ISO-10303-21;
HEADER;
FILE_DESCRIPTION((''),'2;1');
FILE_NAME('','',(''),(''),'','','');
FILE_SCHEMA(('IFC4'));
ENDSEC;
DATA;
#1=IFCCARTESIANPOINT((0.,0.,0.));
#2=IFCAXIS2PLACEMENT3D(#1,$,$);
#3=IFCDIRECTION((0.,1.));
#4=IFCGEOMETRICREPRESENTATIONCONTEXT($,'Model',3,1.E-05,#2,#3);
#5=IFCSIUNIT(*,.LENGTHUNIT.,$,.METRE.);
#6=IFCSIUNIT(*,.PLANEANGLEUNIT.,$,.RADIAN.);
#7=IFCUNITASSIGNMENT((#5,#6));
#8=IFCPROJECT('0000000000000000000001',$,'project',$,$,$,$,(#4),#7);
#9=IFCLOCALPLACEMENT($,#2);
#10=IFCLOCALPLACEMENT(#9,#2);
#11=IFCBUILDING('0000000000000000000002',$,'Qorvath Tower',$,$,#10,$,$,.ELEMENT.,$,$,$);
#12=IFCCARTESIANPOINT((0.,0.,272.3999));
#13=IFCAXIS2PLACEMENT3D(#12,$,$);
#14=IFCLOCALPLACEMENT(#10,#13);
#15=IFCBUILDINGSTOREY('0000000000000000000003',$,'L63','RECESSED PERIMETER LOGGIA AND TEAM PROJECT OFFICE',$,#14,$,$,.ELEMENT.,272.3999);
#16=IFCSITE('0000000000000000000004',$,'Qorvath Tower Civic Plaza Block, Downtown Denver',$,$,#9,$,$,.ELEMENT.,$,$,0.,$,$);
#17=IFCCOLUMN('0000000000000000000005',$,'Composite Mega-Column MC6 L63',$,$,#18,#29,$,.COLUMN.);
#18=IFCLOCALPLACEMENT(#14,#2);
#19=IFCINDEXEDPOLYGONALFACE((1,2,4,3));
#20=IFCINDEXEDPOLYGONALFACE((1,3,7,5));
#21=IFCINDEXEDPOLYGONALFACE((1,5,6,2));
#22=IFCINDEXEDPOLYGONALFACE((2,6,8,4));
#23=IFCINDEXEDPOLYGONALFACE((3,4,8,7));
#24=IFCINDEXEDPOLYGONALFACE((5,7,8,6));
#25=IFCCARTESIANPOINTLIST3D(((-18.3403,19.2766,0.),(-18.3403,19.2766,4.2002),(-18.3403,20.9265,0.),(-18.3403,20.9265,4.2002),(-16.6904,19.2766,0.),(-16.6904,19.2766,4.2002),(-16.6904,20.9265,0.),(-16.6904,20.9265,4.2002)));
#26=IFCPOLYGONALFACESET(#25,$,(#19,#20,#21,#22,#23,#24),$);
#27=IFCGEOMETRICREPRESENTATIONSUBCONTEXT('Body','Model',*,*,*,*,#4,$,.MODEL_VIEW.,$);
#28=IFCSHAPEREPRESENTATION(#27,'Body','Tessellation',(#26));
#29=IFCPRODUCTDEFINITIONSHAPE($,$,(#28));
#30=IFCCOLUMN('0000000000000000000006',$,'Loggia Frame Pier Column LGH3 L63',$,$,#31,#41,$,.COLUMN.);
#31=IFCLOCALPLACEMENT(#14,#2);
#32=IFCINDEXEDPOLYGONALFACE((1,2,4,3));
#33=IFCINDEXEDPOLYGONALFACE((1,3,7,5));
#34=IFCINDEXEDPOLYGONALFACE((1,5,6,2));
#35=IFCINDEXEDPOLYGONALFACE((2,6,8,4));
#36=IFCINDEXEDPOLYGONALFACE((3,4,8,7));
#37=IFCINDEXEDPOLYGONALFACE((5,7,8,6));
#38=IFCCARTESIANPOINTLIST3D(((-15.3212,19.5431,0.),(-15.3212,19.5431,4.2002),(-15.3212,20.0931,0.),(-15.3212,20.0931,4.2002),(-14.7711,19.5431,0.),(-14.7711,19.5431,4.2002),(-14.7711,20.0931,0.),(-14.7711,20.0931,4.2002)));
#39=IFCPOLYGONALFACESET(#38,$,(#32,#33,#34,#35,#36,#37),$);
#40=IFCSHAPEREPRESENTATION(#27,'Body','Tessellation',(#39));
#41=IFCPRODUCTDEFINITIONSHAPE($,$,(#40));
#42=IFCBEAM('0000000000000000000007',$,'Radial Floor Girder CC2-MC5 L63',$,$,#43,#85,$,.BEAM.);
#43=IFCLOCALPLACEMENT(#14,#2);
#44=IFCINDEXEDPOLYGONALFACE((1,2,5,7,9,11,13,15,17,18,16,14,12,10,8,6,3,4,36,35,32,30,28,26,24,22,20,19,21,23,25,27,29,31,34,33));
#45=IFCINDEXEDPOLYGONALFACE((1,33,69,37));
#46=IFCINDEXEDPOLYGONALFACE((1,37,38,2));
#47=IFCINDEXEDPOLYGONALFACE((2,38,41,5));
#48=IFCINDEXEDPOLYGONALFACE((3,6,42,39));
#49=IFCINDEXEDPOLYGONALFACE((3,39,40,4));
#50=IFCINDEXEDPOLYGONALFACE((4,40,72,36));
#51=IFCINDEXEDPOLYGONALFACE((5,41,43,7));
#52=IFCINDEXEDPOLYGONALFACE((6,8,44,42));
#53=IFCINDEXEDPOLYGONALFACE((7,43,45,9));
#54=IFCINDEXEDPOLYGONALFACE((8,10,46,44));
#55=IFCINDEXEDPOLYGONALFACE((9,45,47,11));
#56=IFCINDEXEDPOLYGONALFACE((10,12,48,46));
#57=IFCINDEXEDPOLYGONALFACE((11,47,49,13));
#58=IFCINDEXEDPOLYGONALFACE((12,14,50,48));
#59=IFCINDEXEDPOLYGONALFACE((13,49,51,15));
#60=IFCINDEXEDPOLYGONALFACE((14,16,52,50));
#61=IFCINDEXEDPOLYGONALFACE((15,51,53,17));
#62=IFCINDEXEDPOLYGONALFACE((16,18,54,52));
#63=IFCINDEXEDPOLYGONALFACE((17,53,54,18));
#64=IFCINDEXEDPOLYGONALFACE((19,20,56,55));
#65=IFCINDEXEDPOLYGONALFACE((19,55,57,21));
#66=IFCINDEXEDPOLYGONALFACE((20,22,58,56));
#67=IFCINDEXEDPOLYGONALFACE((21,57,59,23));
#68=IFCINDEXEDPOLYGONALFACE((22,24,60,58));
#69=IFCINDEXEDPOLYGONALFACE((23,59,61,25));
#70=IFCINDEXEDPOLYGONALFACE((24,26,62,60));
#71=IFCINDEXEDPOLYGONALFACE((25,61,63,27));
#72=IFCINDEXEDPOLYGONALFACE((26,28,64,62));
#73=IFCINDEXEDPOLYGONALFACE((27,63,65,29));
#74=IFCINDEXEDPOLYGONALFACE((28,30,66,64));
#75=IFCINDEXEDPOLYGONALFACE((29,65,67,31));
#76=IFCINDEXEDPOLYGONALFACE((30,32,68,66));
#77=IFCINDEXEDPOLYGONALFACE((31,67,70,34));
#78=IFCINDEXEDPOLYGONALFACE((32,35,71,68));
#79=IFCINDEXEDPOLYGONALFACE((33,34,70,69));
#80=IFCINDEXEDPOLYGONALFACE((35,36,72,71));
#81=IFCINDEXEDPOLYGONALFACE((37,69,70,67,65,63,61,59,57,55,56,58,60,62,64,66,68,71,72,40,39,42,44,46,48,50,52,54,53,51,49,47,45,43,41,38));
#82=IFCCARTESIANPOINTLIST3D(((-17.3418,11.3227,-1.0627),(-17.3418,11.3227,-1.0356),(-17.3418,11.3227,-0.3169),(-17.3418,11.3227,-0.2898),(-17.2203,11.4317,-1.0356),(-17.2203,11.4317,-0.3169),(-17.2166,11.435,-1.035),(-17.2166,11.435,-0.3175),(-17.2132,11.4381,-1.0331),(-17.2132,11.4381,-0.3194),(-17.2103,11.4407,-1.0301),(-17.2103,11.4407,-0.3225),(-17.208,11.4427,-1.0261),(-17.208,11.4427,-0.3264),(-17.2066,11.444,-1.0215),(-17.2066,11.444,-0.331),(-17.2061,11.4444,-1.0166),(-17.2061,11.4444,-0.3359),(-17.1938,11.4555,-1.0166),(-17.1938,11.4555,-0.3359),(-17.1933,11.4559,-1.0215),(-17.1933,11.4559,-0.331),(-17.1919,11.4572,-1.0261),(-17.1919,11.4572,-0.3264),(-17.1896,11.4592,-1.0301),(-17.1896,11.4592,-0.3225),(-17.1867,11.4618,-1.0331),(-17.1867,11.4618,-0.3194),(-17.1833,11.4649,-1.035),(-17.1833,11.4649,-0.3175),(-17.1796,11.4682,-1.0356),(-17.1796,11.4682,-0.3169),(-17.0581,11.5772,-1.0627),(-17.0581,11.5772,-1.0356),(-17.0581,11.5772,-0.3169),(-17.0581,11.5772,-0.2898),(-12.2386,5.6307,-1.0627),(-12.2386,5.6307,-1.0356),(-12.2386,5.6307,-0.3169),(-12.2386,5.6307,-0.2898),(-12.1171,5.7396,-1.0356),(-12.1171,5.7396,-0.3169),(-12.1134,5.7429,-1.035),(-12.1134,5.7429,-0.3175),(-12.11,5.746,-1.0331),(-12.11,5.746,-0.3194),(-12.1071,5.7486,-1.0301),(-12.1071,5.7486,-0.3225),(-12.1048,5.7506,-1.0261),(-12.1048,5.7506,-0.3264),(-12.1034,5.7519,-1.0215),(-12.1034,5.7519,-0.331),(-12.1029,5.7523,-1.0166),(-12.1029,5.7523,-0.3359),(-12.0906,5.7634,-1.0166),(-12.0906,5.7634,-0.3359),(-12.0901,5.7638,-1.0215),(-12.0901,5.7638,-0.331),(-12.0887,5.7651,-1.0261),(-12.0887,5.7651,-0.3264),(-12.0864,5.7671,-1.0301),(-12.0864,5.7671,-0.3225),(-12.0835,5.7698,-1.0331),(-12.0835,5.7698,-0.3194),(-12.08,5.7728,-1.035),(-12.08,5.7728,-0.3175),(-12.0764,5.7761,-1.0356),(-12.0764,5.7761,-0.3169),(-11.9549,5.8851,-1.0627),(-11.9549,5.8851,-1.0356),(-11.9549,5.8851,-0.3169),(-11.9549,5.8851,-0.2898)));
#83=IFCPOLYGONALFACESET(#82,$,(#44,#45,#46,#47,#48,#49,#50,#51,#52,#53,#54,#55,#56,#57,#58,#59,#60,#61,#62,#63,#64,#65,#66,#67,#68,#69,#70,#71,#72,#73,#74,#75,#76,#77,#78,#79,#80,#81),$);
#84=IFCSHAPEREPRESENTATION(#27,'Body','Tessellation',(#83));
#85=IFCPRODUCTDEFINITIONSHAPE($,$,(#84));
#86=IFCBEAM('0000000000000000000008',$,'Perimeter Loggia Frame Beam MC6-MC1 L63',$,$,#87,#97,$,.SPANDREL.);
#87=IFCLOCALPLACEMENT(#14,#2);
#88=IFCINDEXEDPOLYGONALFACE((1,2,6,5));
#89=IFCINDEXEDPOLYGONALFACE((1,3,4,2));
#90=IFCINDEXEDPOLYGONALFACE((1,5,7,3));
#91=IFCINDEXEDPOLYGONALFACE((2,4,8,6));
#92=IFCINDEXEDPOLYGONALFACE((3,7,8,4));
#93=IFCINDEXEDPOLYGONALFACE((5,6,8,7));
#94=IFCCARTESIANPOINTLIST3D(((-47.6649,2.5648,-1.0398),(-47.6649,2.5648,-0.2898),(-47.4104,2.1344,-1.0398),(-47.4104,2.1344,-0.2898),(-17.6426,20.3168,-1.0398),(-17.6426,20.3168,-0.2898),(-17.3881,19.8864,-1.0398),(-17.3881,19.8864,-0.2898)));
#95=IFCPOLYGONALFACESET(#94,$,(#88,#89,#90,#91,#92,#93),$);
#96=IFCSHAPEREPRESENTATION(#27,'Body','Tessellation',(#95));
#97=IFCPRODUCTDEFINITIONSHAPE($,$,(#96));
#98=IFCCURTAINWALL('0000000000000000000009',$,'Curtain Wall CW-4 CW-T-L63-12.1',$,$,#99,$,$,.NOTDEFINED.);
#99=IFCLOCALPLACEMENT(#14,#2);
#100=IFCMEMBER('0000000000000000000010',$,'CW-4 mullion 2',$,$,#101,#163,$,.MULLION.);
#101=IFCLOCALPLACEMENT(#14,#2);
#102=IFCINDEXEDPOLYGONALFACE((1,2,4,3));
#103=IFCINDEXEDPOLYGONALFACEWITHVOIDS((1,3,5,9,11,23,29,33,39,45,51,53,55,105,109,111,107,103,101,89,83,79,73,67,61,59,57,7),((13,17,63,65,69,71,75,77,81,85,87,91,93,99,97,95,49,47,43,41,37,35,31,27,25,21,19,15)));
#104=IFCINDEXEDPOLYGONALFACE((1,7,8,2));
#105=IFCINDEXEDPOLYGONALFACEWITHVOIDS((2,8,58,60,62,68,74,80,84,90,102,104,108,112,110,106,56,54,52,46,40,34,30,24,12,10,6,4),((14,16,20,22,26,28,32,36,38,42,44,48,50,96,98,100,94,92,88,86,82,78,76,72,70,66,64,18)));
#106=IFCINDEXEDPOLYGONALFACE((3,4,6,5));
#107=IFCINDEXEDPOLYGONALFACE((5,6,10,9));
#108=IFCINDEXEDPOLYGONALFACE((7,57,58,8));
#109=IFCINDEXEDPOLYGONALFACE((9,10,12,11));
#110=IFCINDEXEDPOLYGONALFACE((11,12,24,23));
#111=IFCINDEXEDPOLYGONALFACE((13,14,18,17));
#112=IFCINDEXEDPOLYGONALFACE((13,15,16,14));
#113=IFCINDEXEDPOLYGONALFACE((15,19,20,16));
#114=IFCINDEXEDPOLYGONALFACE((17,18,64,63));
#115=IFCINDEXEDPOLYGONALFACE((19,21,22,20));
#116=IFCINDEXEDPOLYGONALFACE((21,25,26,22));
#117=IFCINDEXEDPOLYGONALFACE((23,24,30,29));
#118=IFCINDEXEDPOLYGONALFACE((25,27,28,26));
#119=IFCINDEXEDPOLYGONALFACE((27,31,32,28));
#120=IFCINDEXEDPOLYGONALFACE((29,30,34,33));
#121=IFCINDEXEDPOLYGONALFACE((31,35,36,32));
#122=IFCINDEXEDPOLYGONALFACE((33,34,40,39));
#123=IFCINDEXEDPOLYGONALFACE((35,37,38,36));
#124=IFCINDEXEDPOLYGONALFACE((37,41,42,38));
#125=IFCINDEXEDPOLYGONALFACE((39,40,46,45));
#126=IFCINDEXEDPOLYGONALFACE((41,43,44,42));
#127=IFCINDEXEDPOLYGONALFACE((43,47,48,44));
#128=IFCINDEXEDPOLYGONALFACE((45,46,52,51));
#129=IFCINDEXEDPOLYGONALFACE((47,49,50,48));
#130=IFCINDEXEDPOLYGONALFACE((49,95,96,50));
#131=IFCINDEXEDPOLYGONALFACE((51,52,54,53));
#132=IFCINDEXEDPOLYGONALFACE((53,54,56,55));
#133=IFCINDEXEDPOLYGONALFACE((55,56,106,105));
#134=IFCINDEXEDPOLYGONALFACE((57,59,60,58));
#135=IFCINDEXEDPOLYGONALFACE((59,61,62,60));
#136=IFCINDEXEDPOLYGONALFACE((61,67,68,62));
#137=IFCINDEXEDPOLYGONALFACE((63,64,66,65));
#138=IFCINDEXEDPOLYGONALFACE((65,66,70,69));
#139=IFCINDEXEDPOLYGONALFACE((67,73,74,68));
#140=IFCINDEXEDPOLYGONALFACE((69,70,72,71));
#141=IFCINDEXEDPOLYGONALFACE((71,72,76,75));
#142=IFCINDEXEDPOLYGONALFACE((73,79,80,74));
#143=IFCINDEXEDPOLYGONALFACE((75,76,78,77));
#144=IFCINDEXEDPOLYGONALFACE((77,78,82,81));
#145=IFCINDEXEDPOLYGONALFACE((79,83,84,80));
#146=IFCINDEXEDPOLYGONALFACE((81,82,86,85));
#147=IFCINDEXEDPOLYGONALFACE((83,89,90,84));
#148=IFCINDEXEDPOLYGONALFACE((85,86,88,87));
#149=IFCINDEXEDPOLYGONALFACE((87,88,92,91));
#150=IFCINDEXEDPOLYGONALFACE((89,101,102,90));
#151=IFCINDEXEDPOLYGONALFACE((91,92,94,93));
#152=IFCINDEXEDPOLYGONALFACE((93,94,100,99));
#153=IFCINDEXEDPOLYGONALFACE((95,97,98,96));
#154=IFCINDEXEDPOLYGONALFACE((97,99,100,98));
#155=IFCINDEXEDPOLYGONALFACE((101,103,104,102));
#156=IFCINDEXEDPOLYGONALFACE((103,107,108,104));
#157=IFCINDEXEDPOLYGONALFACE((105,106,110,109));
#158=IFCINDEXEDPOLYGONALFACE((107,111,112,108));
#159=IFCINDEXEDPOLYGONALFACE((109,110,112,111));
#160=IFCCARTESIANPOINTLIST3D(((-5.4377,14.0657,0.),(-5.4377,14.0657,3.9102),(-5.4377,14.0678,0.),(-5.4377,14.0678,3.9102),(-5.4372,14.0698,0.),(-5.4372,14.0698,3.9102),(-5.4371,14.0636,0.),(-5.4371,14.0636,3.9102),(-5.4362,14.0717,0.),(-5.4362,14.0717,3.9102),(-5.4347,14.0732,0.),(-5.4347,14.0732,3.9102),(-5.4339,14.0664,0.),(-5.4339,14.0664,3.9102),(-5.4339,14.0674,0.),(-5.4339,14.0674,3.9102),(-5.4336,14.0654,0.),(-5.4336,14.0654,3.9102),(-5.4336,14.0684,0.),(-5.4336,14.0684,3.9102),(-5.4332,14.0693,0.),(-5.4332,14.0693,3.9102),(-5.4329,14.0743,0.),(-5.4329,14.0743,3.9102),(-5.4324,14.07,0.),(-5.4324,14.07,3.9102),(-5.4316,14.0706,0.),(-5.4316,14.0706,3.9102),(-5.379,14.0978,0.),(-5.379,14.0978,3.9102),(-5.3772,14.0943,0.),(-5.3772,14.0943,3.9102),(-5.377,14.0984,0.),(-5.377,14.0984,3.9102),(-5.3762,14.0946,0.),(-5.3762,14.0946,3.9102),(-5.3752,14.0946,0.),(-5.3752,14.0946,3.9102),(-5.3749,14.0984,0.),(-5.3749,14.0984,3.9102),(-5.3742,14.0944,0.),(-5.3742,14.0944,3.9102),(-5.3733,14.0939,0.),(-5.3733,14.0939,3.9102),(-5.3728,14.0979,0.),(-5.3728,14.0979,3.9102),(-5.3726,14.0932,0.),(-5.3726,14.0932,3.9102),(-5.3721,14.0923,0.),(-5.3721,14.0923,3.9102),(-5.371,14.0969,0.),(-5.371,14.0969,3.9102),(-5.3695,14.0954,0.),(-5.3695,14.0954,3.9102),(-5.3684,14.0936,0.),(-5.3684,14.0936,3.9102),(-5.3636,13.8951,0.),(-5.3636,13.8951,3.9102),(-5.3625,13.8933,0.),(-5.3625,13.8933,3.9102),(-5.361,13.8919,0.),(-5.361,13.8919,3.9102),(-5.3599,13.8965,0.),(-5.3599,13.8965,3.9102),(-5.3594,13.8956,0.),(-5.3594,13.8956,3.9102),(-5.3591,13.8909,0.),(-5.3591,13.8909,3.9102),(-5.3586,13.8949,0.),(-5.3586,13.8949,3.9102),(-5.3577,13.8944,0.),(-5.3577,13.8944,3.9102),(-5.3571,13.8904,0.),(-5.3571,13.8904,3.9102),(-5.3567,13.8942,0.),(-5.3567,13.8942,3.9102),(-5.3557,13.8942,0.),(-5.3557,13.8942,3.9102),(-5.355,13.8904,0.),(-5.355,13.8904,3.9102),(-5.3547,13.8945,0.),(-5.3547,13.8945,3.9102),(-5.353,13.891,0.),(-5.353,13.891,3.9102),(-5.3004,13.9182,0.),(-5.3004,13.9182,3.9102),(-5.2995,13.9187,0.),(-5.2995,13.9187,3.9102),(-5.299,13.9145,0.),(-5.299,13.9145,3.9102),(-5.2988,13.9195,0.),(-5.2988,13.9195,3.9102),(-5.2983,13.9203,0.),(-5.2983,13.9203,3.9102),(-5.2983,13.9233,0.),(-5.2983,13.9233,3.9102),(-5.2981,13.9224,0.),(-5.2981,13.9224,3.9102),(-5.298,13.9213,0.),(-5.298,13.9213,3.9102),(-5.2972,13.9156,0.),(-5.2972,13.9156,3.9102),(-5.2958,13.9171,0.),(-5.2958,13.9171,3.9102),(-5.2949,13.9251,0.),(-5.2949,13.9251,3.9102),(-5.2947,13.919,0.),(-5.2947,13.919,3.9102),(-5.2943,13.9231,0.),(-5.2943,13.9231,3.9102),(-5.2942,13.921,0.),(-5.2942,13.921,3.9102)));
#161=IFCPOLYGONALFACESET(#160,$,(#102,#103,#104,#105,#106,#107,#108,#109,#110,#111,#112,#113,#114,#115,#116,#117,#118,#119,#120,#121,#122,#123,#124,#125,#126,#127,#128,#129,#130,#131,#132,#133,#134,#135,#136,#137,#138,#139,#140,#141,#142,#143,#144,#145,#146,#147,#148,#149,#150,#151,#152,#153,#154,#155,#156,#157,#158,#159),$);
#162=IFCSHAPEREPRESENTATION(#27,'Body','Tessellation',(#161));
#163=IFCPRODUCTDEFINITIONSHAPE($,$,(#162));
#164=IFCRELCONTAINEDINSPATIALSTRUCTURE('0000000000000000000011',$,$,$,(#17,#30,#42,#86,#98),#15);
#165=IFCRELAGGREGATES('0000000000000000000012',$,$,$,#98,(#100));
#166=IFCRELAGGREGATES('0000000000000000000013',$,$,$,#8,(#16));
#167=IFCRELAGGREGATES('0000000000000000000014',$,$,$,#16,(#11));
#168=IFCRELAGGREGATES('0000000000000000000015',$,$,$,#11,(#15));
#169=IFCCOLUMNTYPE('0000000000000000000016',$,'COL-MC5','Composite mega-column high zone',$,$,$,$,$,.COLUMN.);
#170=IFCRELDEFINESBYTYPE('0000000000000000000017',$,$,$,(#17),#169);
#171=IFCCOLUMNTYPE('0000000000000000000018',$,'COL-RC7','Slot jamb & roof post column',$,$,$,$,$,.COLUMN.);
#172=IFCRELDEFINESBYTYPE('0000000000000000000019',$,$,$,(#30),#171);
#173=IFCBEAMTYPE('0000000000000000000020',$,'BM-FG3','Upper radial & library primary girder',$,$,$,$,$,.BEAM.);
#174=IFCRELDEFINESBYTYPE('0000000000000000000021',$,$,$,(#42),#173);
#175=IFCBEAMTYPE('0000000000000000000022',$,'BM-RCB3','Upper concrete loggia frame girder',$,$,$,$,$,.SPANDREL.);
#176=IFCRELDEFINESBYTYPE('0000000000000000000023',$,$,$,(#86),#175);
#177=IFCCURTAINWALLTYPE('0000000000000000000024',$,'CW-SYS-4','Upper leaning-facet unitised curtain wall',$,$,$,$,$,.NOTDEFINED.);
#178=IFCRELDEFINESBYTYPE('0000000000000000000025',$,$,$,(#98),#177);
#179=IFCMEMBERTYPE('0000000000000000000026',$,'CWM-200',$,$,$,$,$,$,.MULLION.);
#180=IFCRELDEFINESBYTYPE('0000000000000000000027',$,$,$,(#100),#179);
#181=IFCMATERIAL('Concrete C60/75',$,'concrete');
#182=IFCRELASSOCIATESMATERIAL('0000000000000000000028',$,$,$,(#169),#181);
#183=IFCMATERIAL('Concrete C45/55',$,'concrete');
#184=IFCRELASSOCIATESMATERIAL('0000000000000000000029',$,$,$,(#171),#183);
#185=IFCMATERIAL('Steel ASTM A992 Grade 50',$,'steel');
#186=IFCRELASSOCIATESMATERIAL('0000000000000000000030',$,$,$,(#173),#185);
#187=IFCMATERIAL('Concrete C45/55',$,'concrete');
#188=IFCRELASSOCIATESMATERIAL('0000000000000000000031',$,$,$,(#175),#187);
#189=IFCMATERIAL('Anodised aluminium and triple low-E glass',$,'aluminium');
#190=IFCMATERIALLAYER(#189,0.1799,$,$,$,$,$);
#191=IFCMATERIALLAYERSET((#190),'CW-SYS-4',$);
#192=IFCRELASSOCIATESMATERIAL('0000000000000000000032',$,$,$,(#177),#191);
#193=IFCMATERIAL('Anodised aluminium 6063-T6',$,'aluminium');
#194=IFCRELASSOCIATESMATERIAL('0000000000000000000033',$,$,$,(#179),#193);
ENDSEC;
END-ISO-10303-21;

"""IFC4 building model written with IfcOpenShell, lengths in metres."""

from ifc_helpers import new_model, si_unit, direction, frame, origin, origin_2d, place, context, subcontext, project, spatial, rectangle, hollow_rectangle, i_section, extrude, material, layer, layer_set, material_profile, profile_set, type_object, element, aggregate, save


model = new_model("IFC4")

# Units and contexts
model_context = context("Model", 3, precision=1e-05, world=origin(), true_north=direction((0.0, 1.0)))
body_context = subcontext(model_context, "Body", "Model", "MODEL_VIEW")
ifc_project = project(units=[si_unit("LENGTHUNIT", "METRE"), si_unit("PLANEANGLEUNIT", "RADIAN")], contexts=[model_context])

# Site, building, storey
site_placement = place(None, origin())
site = spatial("IfcSite", under=ifc_project, at=site_placement, Name="Qorvath Tower Civic Plaza Block, Downtown Denver", CompositionType="ELEMENT", RefElevation=0.0)
building_placement = place(site_placement, origin())
building = spatial("IfcBuilding", under=site, at=building_placement, Name="Qorvath Tower", CompositionType="ELEMENT")
storey_placement = place(building_placement, frame((0.0, 0.0, 272.3999)))
storey = spatial("IfcBuildingStorey", under=building, at=storey_placement, Name="L63", Description="RECESSED PERIMETER LOGGIA AND TEAM PROJECT OFFICE", CompositionType="ELEMENT", Elevation=272.3999)

# Columns
ifc_material_1 = material(Name="Concrete C60/75", Category="concrete")
ifc_material_profile_1 = material_profile(ifc_material_1, rectangle(XDim=1.6499, YDim=1.6499, at=origin_2d()), Name="MC 1650x1650")
ifc_profile_set_1 = profile_set([ifc_material_profile_1], Name="Concrete C60/75")
column_type_1 = type_object("IfcColumnType", Name="COL-MC5", Description="Composite mega-column high zone", PredefinedType="COLUMN", material=ifc_profile_set_1)
column_1_placement = place(storey_placement, frame((-17.5154, 20.1016, 0.0), z_axis=(0.0, 0.0, 1.0), x_axis=(1.0, 0.0, 0.0)))
element("IfcColumn", 1, at=column_1_placement, inside=storey, type_object=column_type_1, Name="Composite Mega-Column MC6 L63", PredefinedType="COLUMN", context=body_context, shape_type="SweptSolid", body=[
    extrude(rectangle(XDim=1.6499, YDim=1.6499, at=origin_2d()), origin(), (0.0, 0.0, 1.0), 4.2002),
])
ifc_material_2 = material(Name="Concrete C45/55", Category="concrete")
ifc_material_profile_2 = material_profile(ifc_material_2, rectangle(XDim=0.55, YDim=0.55, at=origin_2d()), Name="RC 550x550")
ifc_profile_set_2 = profile_set([ifc_material_profile_2], Name="Concrete C45/55")
column_type_2 = type_object("IfcColumnType", Name="COL-RC7", Description="Slot jamb & roof post column", PredefinedType="COLUMN", material=ifc_profile_set_2)
column_2_placement = place(storey_placement, frame((-15.0461, 19.8181, 0.0), z_axis=(0.0, 0.0, 1.0), x_axis=(1.0, 0.0, 0.0)))
element("IfcColumn", 2, at=column_2_placement, inside=storey, type_object=column_type_2, Name="Loggia Frame Pier Column LGH3 L63", PredefinedType="COLUMN", context=body_context, shape_type="SweptSolid", body=[
    extrude(rectangle(XDim=0.55, YDim=0.55, at=origin_2d()), origin(), (0.0, 0.0, 1.0), 4.2002),
])

# Beams
ifc_material_3 = material(Name="Steel ASTM A992 Grade 50", Category="steel")
ifc_material_profile_3 = material_profile(ifc_material_3, i_section(OverallWidth=0.3811, OverallDepth=0.7729, WebThickness=0.0166, FlangeThickness=0.0271, FilletRadius=0.019, at=origin_2d()), Name="W30x173")
ifc_profile_set_3 = profile_set([ifc_material_profile_3], Name="Steel ASTM A992 Grade 50")
beam_type_1 = type_object("IfcBeamType", Name="BM-FG3", Description="Upper radial & library primary girder", PredefinedType="BEAM", material=ifc_profile_set_3)
beam_1_placement = place(storey_placement, frame((-17.2, 11.45, -0.6763), z_axis=(0.667543, -0.744571, 0.0), x_axis=(0.744571, 0.667543, 0.0)))
element("IfcBeam", 3, at=beam_1_placement, inside=storey, type_object=beam_type_1, Name="Radial Floor Girder CC2-MC5 L63", PredefinedType="BEAM", context=body_context, shape_type="SweptSolid", body=[
    extrude(i_section(OverallWidth=0.3811, OverallDepth=0.7729, WebThickness=0.0166, FlangeThickness=0.0271, FilletRadius=0.019, at=origin_2d()), origin(), (0.0, 0.0, 1.0), 7.6448),
])
ifc_material_4 = material(Name="Concrete C45/55", Category="concrete")
ifc_material_profile_4 = material_profile(ifc_material_4, rectangle(XDim=0.5, YDim=0.75, at=origin_2d()), Name="RCB 750x500")
ifc_profile_set_4 = profile_set([ifc_material_profile_4], Name="Concrete C45/55")
beam_type_2 = type_object("IfcBeamType", Name="BM-RCB3", Description="Upper concrete loggia frame girder", PredefinedType="SPANDREL", material=ifc_profile_set_4)
beam_2_placement = place(storey_placement, frame((-17.5154, 20.1016, -0.6648), z_axis=(-0.860781, -0.508975, 0.0), x_axis=(0.508975, -0.860781, 0.0)))
element("IfcBeam", 4, at=beam_2_placement, inside=storey, type_object=beam_type_2, Name="Perimeter Loggia Frame Beam MC6-MC1 L63", PredefinedType="SPANDREL", context=body_context, shape_type="SweptSolid", body=[
    extrude(rectangle(XDim=0.5, YDim=0.75, at=origin_2d()), origin(), (0.0, 0.0, 1.0), 34.8779),
])

# Curtain wall, member
ifc_material_5 = material(Name="Anodised aluminium and triple low-E glass", Category="aluminium")
ifc_layer_1 = layer(ifc_material_5, 0.1799)
ifc_layer_set_1 = layer_set([ifc_layer_1], Name="CW-SYS-4")
curtain_wall_type = type_object("IfcCurtainWallType", Name="CW-SYS-4", Description="Upper leaning-facet unitised curtain wall", PredefinedType="NOTDEFINED", material=ifc_layer_set_1)
curtain_wall_1_placement = place(storey_placement, origin())
curtain_wall_1 = element("IfcCurtainWall", 5, at=curtain_wall_1_placement, inside=storey, type_object=curtain_wall_type, Name="Curtain Wall CW-4 CW-T-L63-12.1", PredefinedType="NOTDEFINED")
ifc_material_6 = material(Name="Anodised aluminium 6063-T6", Category="aluminium")
ifc_material_profile_5 = material_profile(ifc_material_6, hollow_rectangle(XDim=0.075, YDim=0.2, WallThickness=0.0039, InnerFilletRadius=0.0039, OuterFilletRadius=0.0081, at=origin_2d()), Name="CWM 200x75")
ifc_profile_set_5 = profile_set([ifc_material_profile_5], Name="Anodised aluminium 6063-T6")
member_type_1 = type_object("IfcMemberType", Name="CWM-200", PredefinedType="MULLION", material=ifc_profile_set_5)
member_1_placement = place(storey_placement, frame((-5.366, 13.9944, 0.0), z_axis=(0.0, 0.0, 1.0), x_axis=(-0.916559, -0.3999, 0.0)))
member_1 = element("IfcMember", 6, at=member_1_placement, type_object=member_type_1, Name="CW-4 mullion 2", PredefinedType="MULLION", context=body_context, shape_type="SweptSolid", body=[
    extrude(hollow_rectangle(XDim=0.075, YDim=0.2, WallThickness=0.0039, InnerFilletRadius=0.0039, OuterFilletRadius=0.0081, at=origin_2d()), origin(), (0.0, 0.0, 1.0), 3.9102),
])

aggregate(curtain_wall_1, [member_1])

save(model, "model.ifc")
